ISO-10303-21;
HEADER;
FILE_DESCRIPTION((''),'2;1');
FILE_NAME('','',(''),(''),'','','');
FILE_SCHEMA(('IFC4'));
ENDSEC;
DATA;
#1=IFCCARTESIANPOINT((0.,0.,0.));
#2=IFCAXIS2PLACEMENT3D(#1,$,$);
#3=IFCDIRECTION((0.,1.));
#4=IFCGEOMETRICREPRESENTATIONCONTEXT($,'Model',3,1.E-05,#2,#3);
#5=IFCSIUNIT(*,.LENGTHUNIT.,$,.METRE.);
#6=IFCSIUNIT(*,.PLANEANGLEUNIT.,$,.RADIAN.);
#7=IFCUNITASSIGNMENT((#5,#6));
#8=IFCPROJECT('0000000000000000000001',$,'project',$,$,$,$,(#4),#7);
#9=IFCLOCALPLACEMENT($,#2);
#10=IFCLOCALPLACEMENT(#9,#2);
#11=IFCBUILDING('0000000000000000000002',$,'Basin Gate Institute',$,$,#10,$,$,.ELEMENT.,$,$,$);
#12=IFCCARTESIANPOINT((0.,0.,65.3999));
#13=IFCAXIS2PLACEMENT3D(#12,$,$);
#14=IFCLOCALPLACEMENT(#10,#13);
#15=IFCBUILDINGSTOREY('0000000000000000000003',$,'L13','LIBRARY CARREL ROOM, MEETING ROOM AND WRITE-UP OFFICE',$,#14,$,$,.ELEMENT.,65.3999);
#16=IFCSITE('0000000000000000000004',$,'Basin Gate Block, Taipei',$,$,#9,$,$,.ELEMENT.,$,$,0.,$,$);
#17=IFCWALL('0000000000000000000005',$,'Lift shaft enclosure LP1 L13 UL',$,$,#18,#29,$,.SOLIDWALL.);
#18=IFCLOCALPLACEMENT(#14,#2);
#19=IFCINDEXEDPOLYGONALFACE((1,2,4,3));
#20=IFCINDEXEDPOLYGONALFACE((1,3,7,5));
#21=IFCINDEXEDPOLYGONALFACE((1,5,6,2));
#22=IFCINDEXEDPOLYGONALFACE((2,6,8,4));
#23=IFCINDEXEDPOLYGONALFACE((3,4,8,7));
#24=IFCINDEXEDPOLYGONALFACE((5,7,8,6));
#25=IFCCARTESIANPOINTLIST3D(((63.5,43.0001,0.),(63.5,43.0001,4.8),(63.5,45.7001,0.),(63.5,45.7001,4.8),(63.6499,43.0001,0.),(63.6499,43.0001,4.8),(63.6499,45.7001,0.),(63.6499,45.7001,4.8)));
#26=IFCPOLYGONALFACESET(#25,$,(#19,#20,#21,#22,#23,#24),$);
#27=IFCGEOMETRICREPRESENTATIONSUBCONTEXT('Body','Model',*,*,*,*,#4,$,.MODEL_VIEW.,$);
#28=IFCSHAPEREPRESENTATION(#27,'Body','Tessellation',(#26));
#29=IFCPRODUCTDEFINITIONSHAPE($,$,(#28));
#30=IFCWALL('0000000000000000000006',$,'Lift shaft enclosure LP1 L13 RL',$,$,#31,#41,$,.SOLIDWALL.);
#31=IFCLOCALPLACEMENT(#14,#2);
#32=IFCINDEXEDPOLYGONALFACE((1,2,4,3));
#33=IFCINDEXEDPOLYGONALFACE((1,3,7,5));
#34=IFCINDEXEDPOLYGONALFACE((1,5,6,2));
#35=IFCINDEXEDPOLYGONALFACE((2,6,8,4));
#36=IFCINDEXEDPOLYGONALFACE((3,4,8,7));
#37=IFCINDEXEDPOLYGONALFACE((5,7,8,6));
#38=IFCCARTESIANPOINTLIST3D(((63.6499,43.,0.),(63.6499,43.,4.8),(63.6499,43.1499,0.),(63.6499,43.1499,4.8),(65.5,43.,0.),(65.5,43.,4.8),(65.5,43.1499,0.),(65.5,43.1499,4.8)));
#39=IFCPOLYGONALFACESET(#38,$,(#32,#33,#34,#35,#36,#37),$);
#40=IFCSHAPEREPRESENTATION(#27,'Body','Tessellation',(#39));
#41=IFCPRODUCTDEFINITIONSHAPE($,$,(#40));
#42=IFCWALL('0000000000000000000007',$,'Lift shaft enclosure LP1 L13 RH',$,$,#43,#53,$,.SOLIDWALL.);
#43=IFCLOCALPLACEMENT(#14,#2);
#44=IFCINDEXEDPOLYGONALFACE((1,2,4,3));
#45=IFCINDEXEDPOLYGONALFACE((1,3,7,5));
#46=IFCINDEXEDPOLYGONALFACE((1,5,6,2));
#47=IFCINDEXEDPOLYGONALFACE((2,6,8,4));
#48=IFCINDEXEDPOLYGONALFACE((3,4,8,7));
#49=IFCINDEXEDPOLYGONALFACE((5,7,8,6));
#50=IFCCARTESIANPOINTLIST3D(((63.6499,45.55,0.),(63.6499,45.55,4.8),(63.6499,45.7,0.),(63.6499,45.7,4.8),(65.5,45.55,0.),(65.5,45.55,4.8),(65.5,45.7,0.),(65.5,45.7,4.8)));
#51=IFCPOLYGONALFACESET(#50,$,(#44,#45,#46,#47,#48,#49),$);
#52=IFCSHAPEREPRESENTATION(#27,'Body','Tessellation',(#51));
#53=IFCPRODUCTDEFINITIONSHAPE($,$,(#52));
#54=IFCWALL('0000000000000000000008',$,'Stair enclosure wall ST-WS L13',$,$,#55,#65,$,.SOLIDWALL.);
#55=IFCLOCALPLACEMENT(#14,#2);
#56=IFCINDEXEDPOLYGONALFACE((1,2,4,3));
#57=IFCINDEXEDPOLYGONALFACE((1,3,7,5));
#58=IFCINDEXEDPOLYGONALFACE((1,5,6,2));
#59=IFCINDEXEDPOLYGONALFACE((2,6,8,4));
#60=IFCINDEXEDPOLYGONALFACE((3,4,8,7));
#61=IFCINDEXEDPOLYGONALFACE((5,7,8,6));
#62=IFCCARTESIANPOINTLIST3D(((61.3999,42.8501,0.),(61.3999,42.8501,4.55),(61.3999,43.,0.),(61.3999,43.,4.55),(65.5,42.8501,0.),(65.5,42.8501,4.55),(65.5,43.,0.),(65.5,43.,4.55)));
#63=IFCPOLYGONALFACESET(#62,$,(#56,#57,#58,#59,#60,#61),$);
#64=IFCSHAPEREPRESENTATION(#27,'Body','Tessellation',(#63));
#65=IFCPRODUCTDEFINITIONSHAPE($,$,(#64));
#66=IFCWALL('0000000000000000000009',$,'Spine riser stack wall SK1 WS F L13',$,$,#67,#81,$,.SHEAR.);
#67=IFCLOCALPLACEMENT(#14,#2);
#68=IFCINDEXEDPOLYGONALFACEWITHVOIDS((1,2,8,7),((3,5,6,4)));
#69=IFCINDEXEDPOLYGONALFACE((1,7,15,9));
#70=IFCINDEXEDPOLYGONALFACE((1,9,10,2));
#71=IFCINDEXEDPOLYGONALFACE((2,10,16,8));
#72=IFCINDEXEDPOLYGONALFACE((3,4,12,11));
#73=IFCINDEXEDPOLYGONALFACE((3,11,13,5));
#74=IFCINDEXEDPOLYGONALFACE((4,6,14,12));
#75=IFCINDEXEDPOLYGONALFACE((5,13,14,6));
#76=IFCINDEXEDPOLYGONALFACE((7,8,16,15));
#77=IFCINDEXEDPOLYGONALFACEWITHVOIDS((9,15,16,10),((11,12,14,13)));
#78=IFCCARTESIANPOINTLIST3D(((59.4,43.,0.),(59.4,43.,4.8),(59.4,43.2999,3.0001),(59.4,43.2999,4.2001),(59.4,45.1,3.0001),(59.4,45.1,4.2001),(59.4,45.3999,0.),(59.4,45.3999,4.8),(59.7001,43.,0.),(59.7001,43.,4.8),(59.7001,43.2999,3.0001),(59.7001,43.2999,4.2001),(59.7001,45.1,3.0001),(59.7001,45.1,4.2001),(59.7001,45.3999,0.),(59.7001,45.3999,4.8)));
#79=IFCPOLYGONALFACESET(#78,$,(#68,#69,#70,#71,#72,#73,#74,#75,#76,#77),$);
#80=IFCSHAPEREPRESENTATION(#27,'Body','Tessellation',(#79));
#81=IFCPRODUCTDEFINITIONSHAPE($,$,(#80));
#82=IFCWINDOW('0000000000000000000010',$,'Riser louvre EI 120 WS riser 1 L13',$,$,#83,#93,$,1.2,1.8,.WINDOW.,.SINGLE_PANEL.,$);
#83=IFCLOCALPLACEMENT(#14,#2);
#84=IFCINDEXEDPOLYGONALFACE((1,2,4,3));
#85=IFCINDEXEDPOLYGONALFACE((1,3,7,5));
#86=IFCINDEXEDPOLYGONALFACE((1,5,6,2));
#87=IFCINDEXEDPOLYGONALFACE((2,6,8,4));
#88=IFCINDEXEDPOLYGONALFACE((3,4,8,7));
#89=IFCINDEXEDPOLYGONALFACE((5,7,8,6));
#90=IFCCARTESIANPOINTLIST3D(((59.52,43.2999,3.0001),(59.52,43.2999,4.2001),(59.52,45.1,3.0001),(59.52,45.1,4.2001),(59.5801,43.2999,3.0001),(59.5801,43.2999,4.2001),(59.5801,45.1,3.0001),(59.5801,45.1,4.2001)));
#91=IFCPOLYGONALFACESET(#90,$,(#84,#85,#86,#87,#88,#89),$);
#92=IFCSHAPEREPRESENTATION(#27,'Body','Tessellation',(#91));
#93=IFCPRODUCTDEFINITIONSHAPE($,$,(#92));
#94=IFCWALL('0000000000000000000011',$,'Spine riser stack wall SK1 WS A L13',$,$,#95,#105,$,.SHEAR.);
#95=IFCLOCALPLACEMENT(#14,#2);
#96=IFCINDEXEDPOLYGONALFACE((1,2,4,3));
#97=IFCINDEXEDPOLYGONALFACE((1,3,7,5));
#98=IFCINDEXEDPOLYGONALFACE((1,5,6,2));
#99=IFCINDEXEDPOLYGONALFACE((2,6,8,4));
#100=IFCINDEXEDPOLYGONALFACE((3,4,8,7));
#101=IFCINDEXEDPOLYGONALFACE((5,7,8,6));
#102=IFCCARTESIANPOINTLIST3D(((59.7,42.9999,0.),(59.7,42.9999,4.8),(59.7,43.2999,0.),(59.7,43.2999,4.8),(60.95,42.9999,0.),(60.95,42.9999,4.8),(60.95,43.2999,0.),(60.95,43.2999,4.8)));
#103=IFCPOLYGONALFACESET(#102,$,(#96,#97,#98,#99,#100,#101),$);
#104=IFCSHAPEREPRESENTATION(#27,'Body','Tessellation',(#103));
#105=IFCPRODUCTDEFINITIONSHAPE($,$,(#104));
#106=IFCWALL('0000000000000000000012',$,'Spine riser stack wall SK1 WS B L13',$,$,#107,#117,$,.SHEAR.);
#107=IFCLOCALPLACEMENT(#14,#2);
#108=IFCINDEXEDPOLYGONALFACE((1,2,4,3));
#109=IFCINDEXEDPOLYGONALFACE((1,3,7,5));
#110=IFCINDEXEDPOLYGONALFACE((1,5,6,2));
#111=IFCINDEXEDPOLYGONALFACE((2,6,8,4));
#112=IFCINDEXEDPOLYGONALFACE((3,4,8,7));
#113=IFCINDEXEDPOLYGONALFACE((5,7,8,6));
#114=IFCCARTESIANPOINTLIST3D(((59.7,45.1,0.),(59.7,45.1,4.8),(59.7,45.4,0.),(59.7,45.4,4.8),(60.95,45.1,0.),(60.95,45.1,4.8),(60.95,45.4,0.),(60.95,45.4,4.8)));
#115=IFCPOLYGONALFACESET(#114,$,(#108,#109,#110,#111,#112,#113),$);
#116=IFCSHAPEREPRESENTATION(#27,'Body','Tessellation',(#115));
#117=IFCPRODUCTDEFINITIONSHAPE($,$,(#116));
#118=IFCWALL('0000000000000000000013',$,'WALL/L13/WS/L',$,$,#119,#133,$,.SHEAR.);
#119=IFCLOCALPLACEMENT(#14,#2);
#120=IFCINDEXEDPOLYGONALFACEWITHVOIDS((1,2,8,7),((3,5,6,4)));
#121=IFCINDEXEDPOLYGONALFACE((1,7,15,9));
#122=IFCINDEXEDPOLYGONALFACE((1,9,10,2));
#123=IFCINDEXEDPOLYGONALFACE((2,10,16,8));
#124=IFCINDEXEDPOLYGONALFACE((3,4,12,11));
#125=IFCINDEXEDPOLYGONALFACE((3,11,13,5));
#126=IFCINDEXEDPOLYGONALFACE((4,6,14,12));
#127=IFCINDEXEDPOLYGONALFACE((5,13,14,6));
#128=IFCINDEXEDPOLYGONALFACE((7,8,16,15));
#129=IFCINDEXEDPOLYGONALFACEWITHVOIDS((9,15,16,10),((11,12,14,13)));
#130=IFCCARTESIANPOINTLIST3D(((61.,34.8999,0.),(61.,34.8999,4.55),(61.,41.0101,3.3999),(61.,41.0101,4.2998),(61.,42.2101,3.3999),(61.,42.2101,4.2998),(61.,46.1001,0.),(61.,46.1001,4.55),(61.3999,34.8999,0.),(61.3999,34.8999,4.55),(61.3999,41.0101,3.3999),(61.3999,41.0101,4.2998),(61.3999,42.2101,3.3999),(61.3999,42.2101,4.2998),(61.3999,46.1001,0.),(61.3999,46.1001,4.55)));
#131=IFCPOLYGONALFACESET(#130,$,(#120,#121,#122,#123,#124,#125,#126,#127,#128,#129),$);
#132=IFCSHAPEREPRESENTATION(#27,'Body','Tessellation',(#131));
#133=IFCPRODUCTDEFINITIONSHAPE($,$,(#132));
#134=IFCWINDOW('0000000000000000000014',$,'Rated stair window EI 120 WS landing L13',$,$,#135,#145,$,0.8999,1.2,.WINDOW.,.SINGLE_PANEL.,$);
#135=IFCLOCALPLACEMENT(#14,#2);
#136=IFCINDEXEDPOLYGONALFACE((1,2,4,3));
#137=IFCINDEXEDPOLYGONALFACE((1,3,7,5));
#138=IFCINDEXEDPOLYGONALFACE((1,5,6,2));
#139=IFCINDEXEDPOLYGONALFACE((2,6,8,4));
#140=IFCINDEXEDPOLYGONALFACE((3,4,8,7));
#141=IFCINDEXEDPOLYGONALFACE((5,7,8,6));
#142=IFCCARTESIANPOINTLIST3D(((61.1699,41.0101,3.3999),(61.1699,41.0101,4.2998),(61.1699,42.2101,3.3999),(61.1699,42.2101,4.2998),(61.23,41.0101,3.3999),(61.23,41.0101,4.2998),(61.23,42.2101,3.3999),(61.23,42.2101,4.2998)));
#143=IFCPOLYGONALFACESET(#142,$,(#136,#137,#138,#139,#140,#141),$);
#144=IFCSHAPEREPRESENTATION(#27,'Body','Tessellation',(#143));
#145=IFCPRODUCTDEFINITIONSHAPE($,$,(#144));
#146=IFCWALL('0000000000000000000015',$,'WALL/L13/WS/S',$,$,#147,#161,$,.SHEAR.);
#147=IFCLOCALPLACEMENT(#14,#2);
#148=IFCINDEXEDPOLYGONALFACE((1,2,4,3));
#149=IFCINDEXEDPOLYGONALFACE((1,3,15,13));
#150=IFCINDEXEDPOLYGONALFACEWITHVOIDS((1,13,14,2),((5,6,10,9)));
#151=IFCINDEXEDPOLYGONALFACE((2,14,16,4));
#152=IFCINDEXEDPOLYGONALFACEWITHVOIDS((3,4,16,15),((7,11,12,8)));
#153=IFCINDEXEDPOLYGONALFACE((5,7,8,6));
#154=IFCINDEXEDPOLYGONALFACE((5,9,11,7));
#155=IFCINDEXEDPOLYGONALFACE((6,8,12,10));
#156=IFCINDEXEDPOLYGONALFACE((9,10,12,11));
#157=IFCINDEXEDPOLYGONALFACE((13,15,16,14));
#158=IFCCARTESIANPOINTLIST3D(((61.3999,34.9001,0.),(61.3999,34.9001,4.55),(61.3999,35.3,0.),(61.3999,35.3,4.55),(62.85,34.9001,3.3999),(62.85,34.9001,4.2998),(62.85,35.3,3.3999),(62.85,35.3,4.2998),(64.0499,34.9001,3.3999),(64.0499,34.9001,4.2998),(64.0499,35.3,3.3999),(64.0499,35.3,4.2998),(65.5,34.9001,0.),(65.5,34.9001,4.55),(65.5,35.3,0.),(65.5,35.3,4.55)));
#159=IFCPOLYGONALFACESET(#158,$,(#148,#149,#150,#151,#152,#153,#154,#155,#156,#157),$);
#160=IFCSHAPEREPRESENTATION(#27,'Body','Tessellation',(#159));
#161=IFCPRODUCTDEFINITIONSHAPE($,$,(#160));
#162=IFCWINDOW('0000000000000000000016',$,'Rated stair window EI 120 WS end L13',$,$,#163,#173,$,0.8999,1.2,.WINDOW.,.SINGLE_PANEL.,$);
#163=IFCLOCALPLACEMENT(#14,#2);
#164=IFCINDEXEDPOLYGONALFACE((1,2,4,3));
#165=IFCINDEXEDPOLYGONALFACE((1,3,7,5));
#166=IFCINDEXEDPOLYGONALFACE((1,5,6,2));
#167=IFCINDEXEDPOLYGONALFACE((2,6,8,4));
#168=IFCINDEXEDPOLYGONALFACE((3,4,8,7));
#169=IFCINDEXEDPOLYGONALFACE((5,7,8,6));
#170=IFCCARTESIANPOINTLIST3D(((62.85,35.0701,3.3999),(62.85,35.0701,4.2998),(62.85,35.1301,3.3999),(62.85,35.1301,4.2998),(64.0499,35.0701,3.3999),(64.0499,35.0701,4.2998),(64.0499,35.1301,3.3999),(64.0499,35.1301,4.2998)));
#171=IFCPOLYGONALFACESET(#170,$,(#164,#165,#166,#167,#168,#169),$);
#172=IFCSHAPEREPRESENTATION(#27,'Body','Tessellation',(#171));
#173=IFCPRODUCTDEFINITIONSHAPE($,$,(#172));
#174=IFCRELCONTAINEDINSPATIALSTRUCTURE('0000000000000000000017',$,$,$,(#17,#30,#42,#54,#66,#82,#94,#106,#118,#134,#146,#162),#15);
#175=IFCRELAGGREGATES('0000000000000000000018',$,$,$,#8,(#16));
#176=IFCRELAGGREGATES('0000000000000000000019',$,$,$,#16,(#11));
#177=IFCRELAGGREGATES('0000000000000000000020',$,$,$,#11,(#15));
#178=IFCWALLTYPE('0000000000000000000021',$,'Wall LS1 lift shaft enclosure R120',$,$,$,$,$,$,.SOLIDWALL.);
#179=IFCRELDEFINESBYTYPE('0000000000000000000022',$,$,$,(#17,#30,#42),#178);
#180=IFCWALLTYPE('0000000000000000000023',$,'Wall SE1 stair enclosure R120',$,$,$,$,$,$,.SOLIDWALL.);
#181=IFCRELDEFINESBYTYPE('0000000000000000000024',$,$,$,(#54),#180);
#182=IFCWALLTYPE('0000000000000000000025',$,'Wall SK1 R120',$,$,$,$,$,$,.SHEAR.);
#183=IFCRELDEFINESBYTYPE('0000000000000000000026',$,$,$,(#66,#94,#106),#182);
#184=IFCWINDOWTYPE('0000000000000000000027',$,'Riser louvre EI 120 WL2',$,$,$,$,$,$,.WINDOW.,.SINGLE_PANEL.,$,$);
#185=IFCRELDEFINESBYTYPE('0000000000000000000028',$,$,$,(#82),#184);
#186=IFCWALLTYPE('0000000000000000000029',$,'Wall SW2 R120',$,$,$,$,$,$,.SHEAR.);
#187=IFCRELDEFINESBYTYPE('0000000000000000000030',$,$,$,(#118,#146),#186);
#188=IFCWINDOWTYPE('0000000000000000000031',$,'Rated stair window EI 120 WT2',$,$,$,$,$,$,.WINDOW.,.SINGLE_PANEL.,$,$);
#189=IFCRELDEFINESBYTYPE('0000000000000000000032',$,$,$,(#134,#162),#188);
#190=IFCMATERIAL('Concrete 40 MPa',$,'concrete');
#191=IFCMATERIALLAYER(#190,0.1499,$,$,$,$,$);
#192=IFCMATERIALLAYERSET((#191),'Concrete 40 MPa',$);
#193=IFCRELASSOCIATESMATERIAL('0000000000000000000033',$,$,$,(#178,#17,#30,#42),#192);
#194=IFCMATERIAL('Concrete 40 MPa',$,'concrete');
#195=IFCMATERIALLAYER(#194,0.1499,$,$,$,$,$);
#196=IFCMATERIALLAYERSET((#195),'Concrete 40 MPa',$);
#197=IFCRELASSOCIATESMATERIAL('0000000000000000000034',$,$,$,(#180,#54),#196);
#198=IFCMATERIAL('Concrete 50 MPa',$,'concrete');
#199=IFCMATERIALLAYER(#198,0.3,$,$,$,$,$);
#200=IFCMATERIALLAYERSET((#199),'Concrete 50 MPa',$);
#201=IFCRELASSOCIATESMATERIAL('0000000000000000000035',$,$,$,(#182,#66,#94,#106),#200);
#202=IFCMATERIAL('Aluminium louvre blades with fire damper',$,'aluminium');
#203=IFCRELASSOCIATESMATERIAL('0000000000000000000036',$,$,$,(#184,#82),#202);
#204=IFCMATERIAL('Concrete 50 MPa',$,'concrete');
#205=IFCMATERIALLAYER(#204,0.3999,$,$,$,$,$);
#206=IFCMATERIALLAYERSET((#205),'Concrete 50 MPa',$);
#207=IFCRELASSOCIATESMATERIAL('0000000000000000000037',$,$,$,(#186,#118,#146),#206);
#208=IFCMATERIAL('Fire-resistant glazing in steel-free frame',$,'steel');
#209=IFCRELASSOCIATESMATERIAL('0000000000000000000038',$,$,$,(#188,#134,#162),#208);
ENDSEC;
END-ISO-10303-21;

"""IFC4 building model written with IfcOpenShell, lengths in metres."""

from ifc_helpers import new_model, si_unit, direction, frame, frame_2d, origin, place, context, subcontext, project, spatial, rectangle, extrude, material, layer, layer_set, type_object, element, fill, save


model = new_model("IFC4")

# Units and contexts
model_context = context("Model", 3, precision=1e-05, world=origin(), true_north=direction((0.0, 1.0)))
body_context = subcontext(model_context, "Body", "Model", "MODEL_VIEW")
ifc_project = project(units=[si_unit("LENGTHUNIT", "METRE"), si_unit("PLANEANGLEUNIT", "RADIAN")], contexts=[model_context])

# Site, building, storey
site_placement = place(None, origin())
site = spatial("IfcSite", under=ifc_project, at=site_placement, Name="Basin Gate Block, Taipei", CompositionType="ELEMENT", RefElevation=0.0)
building_placement = place(site_placement, origin())
building = spatial("IfcBuilding", under=site, at=building_placement, Name="Basin Gate Institute", CompositionType="ELEMENT")
storey_placement = place(building_placement, frame((0.0, 0.0, 65.3999)))
storey = spatial("IfcBuildingStorey", under=building, at=storey_placement, Name="L13", Description="LIBRARY CARREL ROOM, MEETING ROOM AND WRITE-UP OFFICE", CompositionType="ELEMENT", Elevation=65.3999)

# Walls
ifc_material_1 = material(Name="Concrete 40 MPa", Category="concrete")
ifc_layer_1 = layer(ifc_material_1, 0.1499)
ifc_layer_set_1 = layer_set([ifc_layer_1], Name="Concrete 40 MPa")
wall_type_1 = type_object("IfcWallType", Name="Wall LS1 lift shaft enclosure R120", PredefinedType="SOLIDWALL", material=ifc_layer_set_1)
wall_1_placement = place(storey_placement, frame((63.575, 43.0, 0.0), z_axis=(0.0, 0.0, 1.0), x_axis=(0.0, 1.0, 0.0)))
element("IfcWall", 1, at=wall_1_placement, inside=storey, type_object=wall_type_1, material=ifc_layer_set_1, Name="Lift shaft enclosure LP1 L13 UL", PredefinedType="SOLIDWALL", context=body_context, shape_type="SweptSolid", body=[
    extrude(rectangle(XDim=2.7, YDim=0.1499, at=frame_2d((1.3501, 0.0))), origin(), (0.0, 0.0, 1.0), 4.8),
])
for number, where, z_axis, x_axis, name in (
    (2, (63.6499, 43.075, 0.0), (0.0, 0.0, 1.0), (1.0, 0.0, 0.0), "Lift shaft enclosure LP1 L13 RL"),
    (3, (63.6499, 45.625, 0.0), (0.0, 0.0, 1.0), (1.0, 0.0, 0.0), "Lift shaft enclosure LP1 L13 RH"),
):
    element("IfcWall", number, at=place(storey_placement, frame(where, z_axis=z_axis, x_axis=x_axis)), inside=storey, type_object=wall_type_1, material=ifc_layer_set_1, Name=name, PredefinedType="SOLIDWALL", context=body_context, shape_type="SweptSolid", body=[
        extrude(rectangle(XDim=1.8501, YDim=0.1499, at=frame_2d((0.925, 0.0))), origin(), (0.0, 0.0, 1.0), 4.8),
    ])
ifc_material_2 = material(Name="Concrete 40 MPa", Category="concrete")
ifc_layer_2 = layer(ifc_material_2, 0.1499)
ifc_layer_set_2 = layer_set([ifc_layer_2], Name="Concrete 40 MPa")
wall_type_2 = type_object("IfcWallType", Name="Wall SE1 stair enclosure R120", PredefinedType="SOLIDWALL", material=ifc_layer_set_2)
wall_2_placement = place(storey_placement, frame((61.3999, 42.925, 0.0), z_axis=(0.0, 0.0, 1.0), x_axis=(1.0, 0.0, 0.0)))
element("IfcWall", 4, at=wall_2_placement, inside=storey, type_object=wall_type_2, material=ifc_layer_set_2, Name="Stair enclosure wall ST-WS L13", PredefinedType="SOLIDWALL", context=body_context, shape_type="SweptSolid", body=[
    extrude(rectangle(XDim=4.1001, YDim=0.1499, at=frame_2d((2.05, 0.0))), origin(), (0.0, 0.0, 1.0), 4.55),
])

# Wall, opening, window
ifc_material_3 = material(Name="Concrete 50 MPa", Category="concrete")
ifc_layer_3 = layer(ifc_material_3, 0.3)
ifc_layer_set_3 = layer_set([ifc_layer_3], Name="Concrete 50 MPa")
wall_type_3 = type_object("IfcWallType", Name="Wall SK1 R120", PredefinedType="SHEAR", material=ifc_layer_set_3)
wall_3_placement = place(storey_placement, frame((59.55, 43.0, 0.0), z_axis=(0.0, 0.0, 1.0), x_axis=(0.0, 1.0, 0.0)))
wall_3 = element("IfcWall", 5, at=wall_3_placement, inside=storey, type_object=wall_type_3, material=ifc_layer_set_3, Name="Spine riser stack wall SK1 WS F L13", PredefinedType="SHEAR", context=body_context, shape_type="SweptSolid", body=[
    extrude(rectangle(XDim=2.3999, YDim=0.3, at=frame_2d((1.2, 0.0))), origin(), (0.0, 0.0, 1.0), 4.8),
])
opening_1_placement = place(wall_3_placement, frame((0.3, 0.0, 3.0)))
opening_1 = element("IfcOpeningElement", 6, at=opening_1_placement, cuts=wall_3, PredefinedType="OPENING", context=body_context, shape_type="SweptSolid", body=[
    extrude(rectangle(XDim=1.8, YDim=1.2, at=frame_2d((0.8999, 0.6001))), frame((0.0, 0.1602, 0.0), z_axis=(0.0, -1.0, 0.0), x_axis=(1.0, 0.0, 0.0)), (0.0, 0.0, 1.0), 0.3201),
])
ifc_material_4 = material(Name="Aluminium louvre blades with fire damper", Category="aluminium")
window_type_1 = type_object("IfcWindowType", Name="Riser louvre EI 120 WL2", PartitioningType="SINGLE_PANEL", PredefinedType="WINDOW", material=ifc_material_4)
window_1_placement = place(opening_1_placement, origin())
window_1 = element("IfcWindow", 7, at=window_1_placement, inside=storey, type_object=window_type_1, material=ifc_material_4, Name="Riser louvre EI 120 WS riser 1 L13", OverallHeight=1.2, OverallWidth=1.8, PartitioningType="SINGLE_PANEL", PredefinedType="WINDOW", context=body_context, shape_type="SweptSolid", body=[
    extrude(rectangle(XDim=1.8, YDim=1.2, at=frame_2d((0.8999, 0.6001))), frame((0.0, 0.03, 0.0), z_axis=(0.0, -1.0, 0.0), x_axis=(1.0, 0.0, 0.0)), (0.0, 0.0, 1.0), 0.0601),
])
fill(opening_1, window_1)

# Walls
for number, where, z_axis, x_axis, name in (
    (8, (60.95, 43.1499, 0.0), (0.0, 0.0, 1.0), (-1.0, 0.0, 0.0), "Spine riser stack wall SK1 WS A L13"),
    (9, (60.95, 45.25, 0.0), (0.0, 0.0, 1.0), (-1.0, 0.0, 0.0), "Spine riser stack wall SK1 WS B L13"),
):
    element("IfcWall", number, at=place(storey_placement, frame(where, z_axis=z_axis, x_axis=x_axis)), inside=storey, type_object=wall_type_3, material=ifc_layer_set_3, Name=name, PredefinedType="SHEAR", context=body_context, shape_type="SweptSolid", body=[
        extrude(rectangle(XDim=1.25, YDim=0.3, at=frame_2d((0.625, 0.0))), origin(), (0.0, 0.0, 1.0), 4.8),
    ])

# Walls, openings, windows
ifc_material_5 = material(Name="Concrete 50 MPa", Category="concrete")
ifc_layer_4 = layer(ifc_material_5, 0.3999)
ifc_layer_set_4 = layer_set([ifc_layer_4], Name="Concrete 50 MPa")
wall_type_4 = type_object("IfcWallType", Name="Wall SW2 R120", PredefinedType="SHEAR", material=ifc_layer_set_4)
wall_4_placement = place(storey_placement, frame((61.2, 34.8999, 0.0), z_axis=(0.0, 0.0, 1.0), x_axis=(0.0, 1.0, 0.0)))
wall_4 = element("IfcWall", 10, at=wall_4_placement, inside=storey, type_object=wall_type_4, material=ifc_layer_set_4, Name="WALL/L13/WS/L", PredefinedType="SHEAR", context=body_context, shape_type="SweptSolid", body=[
    extrude(rectangle(XDim=11.2002, YDim=0.3999, at=frame_2d((5.6001, 0.0))), origin(), (0.0, 0.0, 1.0), 4.55),
])
opening_2_placement = place(wall_4_placement, frame((6.1101, 0.0, 3.3999)))
opening_2 = element("IfcOpeningElement", 11, at=opening_2_placement, cuts=wall_4, PredefinedType="OPENING", context=body_context, shape_type="SweptSolid", body=[
    extrude(rectangle(XDim=1.2, YDim=0.8999, at=frame_2d((0.6001, 0.45))), frame((0.0, 0.21, 0.0), z_axis=(0.0, -1.0, 0.0), x_axis=(1.0, 0.0, 0.0)), (0.0, 0.0, 1.0), 0.4199),
])
ifc_material_6 = material(Name="Fire-resistant glazing in steel-free frame", Category="steel")
window_type_2 = type_object("IfcWindowType", Name="Rated stair window EI 120 WT2", PartitioningType="SINGLE_PANEL", PredefinedType="WINDOW", material=ifc_material_6)
window_2_placement = place(opening_2_placement, origin())
window_2 = element("IfcWindow", 12, at=window_2_placement, inside=storey, type_object=window_type_2, material=ifc_material_6, Name="Rated stair window EI 120 WS landing L13", OverallHeight=0.8999, OverallWidth=1.2, PartitioningType="SINGLE_PANEL", PredefinedType="WINDOW", context=body_context, shape_type="SweptSolid", body=[
    extrude(rectangle(XDim=1.2, YDim=0.8999, at=frame_2d((0.6001, 0.45))), frame((0.0, 0.03, 0.0), z_axis=(0.0, -1.0, 0.0), x_axis=(1.0, 0.0, 0.0)), (0.0, 0.0, 1.0), 0.0601),
])
fill(opening_2, window_2)
wall_5_placement = place(storey_placement, frame((61.3999, 35.1001, 0.0), z_axis=(0.0, 0.0, 1.0), x_axis=(1.0, 0.0, 0.0)))
wall_5 = element("IfcWall", 13, at=wall_5_placement, inside=storey, type_object=wall_type_4, material=ifc_layer_set_4, Name="WALL/L13/WS/S", PredefinedType="SHEAR", context=body_context, shape_type="SweptSolid", body=[
    extrude(rectangle(XDim=4.1001, YDim=0.3999, at=frame_2d((2.05, 0.0))), origin(), (0.0, 0.0, 1.0), 4.55),
])
opening_3_placement = place(wall_5_placement, frame((1.45, 0.0, 3.3999)))
opening_3 = element("IfcOpeningElement", 14, at=opening_3_placement, cuts=wall_5, PredefinedType="OPENING", context=body_context, shape_type="SweptSolid", body=[
    extrude(rectangle(XDim=1.2, YDim=0.8999, at=frame_2d((0.6001, 0.45))), frame((0.0, 0.21, 0.0), z_axis=(0.0, -1.0, 0.0), x_axis=(1.0, 0.0, 0.0)), (0.0, 0.0, 1.0), 0.4199),
])
window_3_placement = place(opening_3_placement, origin())
window_3 = element("IfcWindow", 15, at=window_3_placement, inside=storey, type_object=window_type_2, material=ifc_material_6, Name="Rated stair window EI 120 WS end L13", OverallHeight=0.8999, OverallWidth=1.2, PartitioningType="SINGLE_PANEL", PredefinedType="WINDOW", context=body_context, shape_type="SweptSolid", body=[
    extrude(rectangle(XDim=1.2, YDim=0.8999, at=frame_2d((0.6001, 0.45))), frame((0.0, 0.03, 0.0), z_axis=(0.0, -1.0, 0.0), x_axis=(1.0, 0.0, 0.0)), (0.0, 0.0, 1.0), 0.0601),
])
fill(opening_3, window_3)

save(model, "model.ifc")
